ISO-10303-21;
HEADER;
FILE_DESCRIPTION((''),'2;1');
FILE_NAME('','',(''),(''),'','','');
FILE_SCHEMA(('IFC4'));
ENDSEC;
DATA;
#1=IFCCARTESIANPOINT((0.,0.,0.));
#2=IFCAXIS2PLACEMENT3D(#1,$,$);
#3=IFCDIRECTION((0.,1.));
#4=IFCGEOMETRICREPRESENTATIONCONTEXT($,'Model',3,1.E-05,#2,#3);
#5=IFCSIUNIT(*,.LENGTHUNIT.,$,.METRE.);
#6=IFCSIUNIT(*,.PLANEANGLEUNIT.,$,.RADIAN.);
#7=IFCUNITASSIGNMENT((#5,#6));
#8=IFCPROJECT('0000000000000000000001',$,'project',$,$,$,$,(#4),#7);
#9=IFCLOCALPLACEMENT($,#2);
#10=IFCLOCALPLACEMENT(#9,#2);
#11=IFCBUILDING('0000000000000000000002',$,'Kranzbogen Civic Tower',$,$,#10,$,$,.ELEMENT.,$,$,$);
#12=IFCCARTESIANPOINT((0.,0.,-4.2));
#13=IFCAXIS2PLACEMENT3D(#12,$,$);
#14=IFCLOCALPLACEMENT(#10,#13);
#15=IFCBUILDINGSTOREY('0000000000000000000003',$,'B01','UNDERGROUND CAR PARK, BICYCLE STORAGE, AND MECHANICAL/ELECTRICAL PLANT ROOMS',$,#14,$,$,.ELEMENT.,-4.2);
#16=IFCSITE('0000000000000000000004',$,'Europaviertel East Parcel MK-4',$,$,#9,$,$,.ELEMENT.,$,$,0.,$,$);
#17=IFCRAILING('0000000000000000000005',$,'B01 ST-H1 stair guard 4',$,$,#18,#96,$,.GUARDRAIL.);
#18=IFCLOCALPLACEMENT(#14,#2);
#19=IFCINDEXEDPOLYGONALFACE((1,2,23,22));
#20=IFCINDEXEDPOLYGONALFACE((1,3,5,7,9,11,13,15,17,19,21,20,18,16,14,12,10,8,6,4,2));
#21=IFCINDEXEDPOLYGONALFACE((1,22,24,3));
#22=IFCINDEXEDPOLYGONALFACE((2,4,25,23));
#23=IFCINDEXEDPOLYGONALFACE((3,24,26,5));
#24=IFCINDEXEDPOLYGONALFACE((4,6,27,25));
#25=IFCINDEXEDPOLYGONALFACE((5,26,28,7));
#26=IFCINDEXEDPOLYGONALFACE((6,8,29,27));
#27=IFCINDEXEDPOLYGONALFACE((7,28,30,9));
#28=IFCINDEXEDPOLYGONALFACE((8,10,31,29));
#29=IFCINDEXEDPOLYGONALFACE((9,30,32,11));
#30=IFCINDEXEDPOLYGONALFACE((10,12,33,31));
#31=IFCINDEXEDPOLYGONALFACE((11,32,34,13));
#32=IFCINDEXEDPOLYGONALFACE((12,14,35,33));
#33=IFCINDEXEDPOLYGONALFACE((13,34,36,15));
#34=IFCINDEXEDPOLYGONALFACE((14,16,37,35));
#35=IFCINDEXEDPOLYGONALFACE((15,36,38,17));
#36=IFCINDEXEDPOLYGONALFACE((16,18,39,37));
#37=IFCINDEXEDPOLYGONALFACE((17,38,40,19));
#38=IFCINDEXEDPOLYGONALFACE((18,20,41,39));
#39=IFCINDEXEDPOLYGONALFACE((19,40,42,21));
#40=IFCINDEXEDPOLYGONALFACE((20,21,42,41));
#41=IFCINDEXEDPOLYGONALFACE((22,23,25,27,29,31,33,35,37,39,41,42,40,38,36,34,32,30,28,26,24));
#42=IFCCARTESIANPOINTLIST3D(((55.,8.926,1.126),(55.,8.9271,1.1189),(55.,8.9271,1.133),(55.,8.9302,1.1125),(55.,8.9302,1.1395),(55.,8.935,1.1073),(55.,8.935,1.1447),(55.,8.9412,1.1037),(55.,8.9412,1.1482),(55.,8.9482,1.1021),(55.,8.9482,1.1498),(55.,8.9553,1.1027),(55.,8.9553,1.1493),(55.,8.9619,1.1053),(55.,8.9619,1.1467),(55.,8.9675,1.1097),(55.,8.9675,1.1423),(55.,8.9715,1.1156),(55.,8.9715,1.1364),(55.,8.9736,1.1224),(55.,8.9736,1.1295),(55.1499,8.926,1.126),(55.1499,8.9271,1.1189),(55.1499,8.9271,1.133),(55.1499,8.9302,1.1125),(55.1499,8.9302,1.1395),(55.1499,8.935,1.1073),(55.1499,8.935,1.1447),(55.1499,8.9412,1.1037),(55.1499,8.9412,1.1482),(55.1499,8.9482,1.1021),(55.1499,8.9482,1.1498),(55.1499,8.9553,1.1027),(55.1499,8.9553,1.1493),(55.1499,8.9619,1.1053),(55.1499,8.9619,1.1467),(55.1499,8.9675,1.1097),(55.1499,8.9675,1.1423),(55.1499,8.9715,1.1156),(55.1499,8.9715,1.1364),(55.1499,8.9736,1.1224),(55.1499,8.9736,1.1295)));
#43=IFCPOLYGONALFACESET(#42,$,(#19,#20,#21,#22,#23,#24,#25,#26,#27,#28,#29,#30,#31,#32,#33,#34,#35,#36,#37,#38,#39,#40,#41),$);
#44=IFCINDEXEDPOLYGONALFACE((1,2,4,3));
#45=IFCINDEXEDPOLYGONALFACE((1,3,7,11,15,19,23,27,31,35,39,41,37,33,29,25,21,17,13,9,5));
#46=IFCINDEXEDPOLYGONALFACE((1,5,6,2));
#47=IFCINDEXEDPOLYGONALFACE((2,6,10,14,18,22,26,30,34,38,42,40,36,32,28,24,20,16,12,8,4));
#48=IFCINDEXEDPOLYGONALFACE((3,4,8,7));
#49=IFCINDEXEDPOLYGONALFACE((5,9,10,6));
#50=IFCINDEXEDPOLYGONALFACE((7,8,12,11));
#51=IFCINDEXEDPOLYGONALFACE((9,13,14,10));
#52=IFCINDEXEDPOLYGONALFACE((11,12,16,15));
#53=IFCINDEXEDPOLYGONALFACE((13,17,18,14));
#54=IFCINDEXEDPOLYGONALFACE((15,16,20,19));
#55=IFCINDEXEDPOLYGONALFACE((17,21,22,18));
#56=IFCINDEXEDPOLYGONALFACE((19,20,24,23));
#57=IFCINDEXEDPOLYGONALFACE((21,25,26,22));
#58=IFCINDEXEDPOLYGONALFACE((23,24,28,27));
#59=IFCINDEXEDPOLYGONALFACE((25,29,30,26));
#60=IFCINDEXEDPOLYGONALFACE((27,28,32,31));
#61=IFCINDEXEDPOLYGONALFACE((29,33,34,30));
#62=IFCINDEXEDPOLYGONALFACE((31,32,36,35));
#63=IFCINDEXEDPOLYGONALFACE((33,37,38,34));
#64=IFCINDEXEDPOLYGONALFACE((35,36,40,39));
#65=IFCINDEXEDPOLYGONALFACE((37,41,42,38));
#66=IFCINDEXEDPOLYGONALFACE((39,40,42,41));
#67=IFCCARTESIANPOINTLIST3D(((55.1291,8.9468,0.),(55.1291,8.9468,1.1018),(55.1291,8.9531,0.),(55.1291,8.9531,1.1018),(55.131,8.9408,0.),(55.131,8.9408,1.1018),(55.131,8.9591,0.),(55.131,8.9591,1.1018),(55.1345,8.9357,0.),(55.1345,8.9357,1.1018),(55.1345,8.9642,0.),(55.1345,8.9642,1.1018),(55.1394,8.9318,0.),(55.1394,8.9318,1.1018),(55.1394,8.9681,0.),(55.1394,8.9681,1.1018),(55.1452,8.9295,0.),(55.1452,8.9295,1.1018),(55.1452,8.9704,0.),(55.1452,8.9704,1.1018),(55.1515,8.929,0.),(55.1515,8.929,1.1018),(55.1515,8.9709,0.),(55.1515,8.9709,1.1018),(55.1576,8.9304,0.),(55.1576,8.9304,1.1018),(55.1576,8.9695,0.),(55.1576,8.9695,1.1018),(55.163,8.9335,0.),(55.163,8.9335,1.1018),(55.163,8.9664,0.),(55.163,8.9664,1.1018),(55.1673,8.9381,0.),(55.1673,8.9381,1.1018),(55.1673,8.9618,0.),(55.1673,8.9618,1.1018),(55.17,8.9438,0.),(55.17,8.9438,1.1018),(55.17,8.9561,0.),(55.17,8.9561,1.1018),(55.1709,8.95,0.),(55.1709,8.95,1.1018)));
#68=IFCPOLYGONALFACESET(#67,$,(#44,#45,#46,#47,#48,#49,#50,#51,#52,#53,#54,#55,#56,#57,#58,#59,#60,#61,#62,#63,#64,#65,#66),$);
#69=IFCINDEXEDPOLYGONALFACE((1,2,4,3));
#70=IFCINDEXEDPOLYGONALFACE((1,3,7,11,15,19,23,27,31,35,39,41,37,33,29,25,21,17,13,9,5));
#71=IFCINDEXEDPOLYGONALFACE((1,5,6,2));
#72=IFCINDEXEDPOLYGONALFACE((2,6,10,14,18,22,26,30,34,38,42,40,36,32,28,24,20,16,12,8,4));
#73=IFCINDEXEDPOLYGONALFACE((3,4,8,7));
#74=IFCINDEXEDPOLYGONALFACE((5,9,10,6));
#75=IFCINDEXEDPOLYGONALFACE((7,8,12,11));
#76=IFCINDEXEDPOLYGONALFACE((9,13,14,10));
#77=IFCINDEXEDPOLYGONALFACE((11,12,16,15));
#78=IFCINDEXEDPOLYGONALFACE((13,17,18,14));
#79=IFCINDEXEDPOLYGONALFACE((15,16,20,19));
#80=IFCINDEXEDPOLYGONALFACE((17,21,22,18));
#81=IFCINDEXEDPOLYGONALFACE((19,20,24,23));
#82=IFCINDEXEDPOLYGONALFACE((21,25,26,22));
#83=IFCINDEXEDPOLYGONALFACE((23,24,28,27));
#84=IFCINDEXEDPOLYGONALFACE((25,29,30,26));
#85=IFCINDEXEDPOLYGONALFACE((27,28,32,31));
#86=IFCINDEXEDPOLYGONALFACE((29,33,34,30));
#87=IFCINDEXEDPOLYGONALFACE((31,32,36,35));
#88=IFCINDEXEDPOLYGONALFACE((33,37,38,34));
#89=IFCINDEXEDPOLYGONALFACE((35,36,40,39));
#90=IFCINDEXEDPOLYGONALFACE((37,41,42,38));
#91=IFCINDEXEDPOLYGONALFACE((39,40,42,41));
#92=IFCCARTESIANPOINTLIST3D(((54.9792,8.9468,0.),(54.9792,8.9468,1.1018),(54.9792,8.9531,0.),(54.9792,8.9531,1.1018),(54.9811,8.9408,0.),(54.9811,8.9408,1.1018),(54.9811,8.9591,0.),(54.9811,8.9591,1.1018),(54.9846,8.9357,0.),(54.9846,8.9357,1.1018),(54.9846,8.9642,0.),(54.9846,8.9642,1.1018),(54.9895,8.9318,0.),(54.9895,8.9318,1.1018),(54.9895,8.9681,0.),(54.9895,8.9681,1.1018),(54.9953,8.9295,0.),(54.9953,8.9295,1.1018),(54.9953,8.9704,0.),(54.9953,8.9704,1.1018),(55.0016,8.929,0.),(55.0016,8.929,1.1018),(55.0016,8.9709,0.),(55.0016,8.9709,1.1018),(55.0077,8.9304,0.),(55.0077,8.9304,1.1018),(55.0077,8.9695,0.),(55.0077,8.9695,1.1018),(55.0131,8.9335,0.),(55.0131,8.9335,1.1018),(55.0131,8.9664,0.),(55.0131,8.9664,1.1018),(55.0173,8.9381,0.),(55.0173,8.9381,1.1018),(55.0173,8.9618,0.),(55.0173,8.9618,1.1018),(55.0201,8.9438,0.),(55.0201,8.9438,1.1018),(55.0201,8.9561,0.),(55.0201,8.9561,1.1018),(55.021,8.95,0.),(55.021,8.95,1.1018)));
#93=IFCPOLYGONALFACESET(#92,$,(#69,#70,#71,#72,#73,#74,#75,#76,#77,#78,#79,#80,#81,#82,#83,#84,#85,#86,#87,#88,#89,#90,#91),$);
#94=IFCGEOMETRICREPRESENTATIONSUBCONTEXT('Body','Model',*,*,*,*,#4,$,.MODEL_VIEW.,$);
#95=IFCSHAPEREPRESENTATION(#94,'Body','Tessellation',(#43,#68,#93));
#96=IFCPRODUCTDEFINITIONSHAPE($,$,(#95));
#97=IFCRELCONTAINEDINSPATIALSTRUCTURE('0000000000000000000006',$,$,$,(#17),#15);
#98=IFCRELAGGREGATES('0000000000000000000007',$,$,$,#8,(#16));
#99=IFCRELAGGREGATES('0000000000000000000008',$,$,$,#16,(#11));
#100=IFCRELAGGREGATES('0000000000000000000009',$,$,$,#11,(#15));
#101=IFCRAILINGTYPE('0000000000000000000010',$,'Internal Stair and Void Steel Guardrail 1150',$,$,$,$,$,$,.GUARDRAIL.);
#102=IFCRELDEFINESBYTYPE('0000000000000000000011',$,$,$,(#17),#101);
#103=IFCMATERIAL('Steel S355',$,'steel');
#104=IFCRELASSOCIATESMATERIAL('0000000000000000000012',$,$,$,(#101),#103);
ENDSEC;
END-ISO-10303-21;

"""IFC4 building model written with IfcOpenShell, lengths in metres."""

from ifc_helpers import new_model, si_unit, direction, frame, origin, origin_2d, place, context, subcontext, project, spatial, circle, extrude, material, type_object, element, save


model = new_model("IFC4")

# Units and contexts
model_context = context("Model", 3, precision=1e-05, world=origin(), true_north=direction((0.0, 1.0)))
body_context = subcontext(model_context, "Body", "Model", "MODEL_VIEW")
ifc_project = project(units=[si_unit("LENGTHUNIT", "METRE"), si_unit("PLANEANGLEUNIT", "RADIAN")], contexts=[model_context])

# Site, building, storey
site_placement = place(None, origin())
site = spatial("IfcSite", under=ifc_project, at=site_placement, Name="Europaviertel East Parcel MK-4", CompositionType="ELEMENT", RefElevation=0.0)
building_placement = place(site_placement, origin())
building = spatial("IfcBuilding", under=site, at=building_placement, Name="Kranzbogen Civic Tower", CompositionType="ELEMENT")
storey_placement = place(building_placement, frame((0.0, 0.0, -4.2)))
storey = spatial("IfcBuildingStorey", under=building, at=storey_placement, Name="B01", Description="UNDERGROUND CAR PARK, BICYCLE STORAGE, AND MECHANICAL/ELECTRICAL PLANT ROOMS", CompositionType="ELEMENT", Elevation=-4.2)

# Shared definitions
ifc_material_1 = material(Name="Steel S355", Category="steel")

# Railing
railing_type_1 = type_object("IfcRailingType", Name="Internal Stair and Void Steel Guardrail 1150", PredefinedType="GUARDRAIL", material=ifc_material_1)
railing_1_placement = place(storey_placement, frame((55.1499, 8.95, 0.0)))
element("IfcRailing", 1, at=railing_1_placement, inside=storey, type_object=railing_type_1, Name="B01 ST-H1 stair guard 4", PredefinedType="GUARDRAIL", context=body_context, shape_type="SweptSolid", body=[
    extrude(circle(Radius=0.0239, at=origin_2d()), frame((0.0, 0.0, 1.126), z_axis=(-1.0, 0.0, 0.0), x_axis=(0.0, -1.0, 0.0)), (0.0, 0.0, 1.0), 0.1499),
    extrude(circle(Radius=0.021, at=origin_2d()), origin(), (0.0, 0.0, 1.0), 1.1018),
    extrude(circle(Radius=0.021, at=origin_2d()), frame((-0.1499, 0.0, 0.0)), (0.0, 0.0, 1.0), 1.1018),
])

save(model, "model.ifc")
